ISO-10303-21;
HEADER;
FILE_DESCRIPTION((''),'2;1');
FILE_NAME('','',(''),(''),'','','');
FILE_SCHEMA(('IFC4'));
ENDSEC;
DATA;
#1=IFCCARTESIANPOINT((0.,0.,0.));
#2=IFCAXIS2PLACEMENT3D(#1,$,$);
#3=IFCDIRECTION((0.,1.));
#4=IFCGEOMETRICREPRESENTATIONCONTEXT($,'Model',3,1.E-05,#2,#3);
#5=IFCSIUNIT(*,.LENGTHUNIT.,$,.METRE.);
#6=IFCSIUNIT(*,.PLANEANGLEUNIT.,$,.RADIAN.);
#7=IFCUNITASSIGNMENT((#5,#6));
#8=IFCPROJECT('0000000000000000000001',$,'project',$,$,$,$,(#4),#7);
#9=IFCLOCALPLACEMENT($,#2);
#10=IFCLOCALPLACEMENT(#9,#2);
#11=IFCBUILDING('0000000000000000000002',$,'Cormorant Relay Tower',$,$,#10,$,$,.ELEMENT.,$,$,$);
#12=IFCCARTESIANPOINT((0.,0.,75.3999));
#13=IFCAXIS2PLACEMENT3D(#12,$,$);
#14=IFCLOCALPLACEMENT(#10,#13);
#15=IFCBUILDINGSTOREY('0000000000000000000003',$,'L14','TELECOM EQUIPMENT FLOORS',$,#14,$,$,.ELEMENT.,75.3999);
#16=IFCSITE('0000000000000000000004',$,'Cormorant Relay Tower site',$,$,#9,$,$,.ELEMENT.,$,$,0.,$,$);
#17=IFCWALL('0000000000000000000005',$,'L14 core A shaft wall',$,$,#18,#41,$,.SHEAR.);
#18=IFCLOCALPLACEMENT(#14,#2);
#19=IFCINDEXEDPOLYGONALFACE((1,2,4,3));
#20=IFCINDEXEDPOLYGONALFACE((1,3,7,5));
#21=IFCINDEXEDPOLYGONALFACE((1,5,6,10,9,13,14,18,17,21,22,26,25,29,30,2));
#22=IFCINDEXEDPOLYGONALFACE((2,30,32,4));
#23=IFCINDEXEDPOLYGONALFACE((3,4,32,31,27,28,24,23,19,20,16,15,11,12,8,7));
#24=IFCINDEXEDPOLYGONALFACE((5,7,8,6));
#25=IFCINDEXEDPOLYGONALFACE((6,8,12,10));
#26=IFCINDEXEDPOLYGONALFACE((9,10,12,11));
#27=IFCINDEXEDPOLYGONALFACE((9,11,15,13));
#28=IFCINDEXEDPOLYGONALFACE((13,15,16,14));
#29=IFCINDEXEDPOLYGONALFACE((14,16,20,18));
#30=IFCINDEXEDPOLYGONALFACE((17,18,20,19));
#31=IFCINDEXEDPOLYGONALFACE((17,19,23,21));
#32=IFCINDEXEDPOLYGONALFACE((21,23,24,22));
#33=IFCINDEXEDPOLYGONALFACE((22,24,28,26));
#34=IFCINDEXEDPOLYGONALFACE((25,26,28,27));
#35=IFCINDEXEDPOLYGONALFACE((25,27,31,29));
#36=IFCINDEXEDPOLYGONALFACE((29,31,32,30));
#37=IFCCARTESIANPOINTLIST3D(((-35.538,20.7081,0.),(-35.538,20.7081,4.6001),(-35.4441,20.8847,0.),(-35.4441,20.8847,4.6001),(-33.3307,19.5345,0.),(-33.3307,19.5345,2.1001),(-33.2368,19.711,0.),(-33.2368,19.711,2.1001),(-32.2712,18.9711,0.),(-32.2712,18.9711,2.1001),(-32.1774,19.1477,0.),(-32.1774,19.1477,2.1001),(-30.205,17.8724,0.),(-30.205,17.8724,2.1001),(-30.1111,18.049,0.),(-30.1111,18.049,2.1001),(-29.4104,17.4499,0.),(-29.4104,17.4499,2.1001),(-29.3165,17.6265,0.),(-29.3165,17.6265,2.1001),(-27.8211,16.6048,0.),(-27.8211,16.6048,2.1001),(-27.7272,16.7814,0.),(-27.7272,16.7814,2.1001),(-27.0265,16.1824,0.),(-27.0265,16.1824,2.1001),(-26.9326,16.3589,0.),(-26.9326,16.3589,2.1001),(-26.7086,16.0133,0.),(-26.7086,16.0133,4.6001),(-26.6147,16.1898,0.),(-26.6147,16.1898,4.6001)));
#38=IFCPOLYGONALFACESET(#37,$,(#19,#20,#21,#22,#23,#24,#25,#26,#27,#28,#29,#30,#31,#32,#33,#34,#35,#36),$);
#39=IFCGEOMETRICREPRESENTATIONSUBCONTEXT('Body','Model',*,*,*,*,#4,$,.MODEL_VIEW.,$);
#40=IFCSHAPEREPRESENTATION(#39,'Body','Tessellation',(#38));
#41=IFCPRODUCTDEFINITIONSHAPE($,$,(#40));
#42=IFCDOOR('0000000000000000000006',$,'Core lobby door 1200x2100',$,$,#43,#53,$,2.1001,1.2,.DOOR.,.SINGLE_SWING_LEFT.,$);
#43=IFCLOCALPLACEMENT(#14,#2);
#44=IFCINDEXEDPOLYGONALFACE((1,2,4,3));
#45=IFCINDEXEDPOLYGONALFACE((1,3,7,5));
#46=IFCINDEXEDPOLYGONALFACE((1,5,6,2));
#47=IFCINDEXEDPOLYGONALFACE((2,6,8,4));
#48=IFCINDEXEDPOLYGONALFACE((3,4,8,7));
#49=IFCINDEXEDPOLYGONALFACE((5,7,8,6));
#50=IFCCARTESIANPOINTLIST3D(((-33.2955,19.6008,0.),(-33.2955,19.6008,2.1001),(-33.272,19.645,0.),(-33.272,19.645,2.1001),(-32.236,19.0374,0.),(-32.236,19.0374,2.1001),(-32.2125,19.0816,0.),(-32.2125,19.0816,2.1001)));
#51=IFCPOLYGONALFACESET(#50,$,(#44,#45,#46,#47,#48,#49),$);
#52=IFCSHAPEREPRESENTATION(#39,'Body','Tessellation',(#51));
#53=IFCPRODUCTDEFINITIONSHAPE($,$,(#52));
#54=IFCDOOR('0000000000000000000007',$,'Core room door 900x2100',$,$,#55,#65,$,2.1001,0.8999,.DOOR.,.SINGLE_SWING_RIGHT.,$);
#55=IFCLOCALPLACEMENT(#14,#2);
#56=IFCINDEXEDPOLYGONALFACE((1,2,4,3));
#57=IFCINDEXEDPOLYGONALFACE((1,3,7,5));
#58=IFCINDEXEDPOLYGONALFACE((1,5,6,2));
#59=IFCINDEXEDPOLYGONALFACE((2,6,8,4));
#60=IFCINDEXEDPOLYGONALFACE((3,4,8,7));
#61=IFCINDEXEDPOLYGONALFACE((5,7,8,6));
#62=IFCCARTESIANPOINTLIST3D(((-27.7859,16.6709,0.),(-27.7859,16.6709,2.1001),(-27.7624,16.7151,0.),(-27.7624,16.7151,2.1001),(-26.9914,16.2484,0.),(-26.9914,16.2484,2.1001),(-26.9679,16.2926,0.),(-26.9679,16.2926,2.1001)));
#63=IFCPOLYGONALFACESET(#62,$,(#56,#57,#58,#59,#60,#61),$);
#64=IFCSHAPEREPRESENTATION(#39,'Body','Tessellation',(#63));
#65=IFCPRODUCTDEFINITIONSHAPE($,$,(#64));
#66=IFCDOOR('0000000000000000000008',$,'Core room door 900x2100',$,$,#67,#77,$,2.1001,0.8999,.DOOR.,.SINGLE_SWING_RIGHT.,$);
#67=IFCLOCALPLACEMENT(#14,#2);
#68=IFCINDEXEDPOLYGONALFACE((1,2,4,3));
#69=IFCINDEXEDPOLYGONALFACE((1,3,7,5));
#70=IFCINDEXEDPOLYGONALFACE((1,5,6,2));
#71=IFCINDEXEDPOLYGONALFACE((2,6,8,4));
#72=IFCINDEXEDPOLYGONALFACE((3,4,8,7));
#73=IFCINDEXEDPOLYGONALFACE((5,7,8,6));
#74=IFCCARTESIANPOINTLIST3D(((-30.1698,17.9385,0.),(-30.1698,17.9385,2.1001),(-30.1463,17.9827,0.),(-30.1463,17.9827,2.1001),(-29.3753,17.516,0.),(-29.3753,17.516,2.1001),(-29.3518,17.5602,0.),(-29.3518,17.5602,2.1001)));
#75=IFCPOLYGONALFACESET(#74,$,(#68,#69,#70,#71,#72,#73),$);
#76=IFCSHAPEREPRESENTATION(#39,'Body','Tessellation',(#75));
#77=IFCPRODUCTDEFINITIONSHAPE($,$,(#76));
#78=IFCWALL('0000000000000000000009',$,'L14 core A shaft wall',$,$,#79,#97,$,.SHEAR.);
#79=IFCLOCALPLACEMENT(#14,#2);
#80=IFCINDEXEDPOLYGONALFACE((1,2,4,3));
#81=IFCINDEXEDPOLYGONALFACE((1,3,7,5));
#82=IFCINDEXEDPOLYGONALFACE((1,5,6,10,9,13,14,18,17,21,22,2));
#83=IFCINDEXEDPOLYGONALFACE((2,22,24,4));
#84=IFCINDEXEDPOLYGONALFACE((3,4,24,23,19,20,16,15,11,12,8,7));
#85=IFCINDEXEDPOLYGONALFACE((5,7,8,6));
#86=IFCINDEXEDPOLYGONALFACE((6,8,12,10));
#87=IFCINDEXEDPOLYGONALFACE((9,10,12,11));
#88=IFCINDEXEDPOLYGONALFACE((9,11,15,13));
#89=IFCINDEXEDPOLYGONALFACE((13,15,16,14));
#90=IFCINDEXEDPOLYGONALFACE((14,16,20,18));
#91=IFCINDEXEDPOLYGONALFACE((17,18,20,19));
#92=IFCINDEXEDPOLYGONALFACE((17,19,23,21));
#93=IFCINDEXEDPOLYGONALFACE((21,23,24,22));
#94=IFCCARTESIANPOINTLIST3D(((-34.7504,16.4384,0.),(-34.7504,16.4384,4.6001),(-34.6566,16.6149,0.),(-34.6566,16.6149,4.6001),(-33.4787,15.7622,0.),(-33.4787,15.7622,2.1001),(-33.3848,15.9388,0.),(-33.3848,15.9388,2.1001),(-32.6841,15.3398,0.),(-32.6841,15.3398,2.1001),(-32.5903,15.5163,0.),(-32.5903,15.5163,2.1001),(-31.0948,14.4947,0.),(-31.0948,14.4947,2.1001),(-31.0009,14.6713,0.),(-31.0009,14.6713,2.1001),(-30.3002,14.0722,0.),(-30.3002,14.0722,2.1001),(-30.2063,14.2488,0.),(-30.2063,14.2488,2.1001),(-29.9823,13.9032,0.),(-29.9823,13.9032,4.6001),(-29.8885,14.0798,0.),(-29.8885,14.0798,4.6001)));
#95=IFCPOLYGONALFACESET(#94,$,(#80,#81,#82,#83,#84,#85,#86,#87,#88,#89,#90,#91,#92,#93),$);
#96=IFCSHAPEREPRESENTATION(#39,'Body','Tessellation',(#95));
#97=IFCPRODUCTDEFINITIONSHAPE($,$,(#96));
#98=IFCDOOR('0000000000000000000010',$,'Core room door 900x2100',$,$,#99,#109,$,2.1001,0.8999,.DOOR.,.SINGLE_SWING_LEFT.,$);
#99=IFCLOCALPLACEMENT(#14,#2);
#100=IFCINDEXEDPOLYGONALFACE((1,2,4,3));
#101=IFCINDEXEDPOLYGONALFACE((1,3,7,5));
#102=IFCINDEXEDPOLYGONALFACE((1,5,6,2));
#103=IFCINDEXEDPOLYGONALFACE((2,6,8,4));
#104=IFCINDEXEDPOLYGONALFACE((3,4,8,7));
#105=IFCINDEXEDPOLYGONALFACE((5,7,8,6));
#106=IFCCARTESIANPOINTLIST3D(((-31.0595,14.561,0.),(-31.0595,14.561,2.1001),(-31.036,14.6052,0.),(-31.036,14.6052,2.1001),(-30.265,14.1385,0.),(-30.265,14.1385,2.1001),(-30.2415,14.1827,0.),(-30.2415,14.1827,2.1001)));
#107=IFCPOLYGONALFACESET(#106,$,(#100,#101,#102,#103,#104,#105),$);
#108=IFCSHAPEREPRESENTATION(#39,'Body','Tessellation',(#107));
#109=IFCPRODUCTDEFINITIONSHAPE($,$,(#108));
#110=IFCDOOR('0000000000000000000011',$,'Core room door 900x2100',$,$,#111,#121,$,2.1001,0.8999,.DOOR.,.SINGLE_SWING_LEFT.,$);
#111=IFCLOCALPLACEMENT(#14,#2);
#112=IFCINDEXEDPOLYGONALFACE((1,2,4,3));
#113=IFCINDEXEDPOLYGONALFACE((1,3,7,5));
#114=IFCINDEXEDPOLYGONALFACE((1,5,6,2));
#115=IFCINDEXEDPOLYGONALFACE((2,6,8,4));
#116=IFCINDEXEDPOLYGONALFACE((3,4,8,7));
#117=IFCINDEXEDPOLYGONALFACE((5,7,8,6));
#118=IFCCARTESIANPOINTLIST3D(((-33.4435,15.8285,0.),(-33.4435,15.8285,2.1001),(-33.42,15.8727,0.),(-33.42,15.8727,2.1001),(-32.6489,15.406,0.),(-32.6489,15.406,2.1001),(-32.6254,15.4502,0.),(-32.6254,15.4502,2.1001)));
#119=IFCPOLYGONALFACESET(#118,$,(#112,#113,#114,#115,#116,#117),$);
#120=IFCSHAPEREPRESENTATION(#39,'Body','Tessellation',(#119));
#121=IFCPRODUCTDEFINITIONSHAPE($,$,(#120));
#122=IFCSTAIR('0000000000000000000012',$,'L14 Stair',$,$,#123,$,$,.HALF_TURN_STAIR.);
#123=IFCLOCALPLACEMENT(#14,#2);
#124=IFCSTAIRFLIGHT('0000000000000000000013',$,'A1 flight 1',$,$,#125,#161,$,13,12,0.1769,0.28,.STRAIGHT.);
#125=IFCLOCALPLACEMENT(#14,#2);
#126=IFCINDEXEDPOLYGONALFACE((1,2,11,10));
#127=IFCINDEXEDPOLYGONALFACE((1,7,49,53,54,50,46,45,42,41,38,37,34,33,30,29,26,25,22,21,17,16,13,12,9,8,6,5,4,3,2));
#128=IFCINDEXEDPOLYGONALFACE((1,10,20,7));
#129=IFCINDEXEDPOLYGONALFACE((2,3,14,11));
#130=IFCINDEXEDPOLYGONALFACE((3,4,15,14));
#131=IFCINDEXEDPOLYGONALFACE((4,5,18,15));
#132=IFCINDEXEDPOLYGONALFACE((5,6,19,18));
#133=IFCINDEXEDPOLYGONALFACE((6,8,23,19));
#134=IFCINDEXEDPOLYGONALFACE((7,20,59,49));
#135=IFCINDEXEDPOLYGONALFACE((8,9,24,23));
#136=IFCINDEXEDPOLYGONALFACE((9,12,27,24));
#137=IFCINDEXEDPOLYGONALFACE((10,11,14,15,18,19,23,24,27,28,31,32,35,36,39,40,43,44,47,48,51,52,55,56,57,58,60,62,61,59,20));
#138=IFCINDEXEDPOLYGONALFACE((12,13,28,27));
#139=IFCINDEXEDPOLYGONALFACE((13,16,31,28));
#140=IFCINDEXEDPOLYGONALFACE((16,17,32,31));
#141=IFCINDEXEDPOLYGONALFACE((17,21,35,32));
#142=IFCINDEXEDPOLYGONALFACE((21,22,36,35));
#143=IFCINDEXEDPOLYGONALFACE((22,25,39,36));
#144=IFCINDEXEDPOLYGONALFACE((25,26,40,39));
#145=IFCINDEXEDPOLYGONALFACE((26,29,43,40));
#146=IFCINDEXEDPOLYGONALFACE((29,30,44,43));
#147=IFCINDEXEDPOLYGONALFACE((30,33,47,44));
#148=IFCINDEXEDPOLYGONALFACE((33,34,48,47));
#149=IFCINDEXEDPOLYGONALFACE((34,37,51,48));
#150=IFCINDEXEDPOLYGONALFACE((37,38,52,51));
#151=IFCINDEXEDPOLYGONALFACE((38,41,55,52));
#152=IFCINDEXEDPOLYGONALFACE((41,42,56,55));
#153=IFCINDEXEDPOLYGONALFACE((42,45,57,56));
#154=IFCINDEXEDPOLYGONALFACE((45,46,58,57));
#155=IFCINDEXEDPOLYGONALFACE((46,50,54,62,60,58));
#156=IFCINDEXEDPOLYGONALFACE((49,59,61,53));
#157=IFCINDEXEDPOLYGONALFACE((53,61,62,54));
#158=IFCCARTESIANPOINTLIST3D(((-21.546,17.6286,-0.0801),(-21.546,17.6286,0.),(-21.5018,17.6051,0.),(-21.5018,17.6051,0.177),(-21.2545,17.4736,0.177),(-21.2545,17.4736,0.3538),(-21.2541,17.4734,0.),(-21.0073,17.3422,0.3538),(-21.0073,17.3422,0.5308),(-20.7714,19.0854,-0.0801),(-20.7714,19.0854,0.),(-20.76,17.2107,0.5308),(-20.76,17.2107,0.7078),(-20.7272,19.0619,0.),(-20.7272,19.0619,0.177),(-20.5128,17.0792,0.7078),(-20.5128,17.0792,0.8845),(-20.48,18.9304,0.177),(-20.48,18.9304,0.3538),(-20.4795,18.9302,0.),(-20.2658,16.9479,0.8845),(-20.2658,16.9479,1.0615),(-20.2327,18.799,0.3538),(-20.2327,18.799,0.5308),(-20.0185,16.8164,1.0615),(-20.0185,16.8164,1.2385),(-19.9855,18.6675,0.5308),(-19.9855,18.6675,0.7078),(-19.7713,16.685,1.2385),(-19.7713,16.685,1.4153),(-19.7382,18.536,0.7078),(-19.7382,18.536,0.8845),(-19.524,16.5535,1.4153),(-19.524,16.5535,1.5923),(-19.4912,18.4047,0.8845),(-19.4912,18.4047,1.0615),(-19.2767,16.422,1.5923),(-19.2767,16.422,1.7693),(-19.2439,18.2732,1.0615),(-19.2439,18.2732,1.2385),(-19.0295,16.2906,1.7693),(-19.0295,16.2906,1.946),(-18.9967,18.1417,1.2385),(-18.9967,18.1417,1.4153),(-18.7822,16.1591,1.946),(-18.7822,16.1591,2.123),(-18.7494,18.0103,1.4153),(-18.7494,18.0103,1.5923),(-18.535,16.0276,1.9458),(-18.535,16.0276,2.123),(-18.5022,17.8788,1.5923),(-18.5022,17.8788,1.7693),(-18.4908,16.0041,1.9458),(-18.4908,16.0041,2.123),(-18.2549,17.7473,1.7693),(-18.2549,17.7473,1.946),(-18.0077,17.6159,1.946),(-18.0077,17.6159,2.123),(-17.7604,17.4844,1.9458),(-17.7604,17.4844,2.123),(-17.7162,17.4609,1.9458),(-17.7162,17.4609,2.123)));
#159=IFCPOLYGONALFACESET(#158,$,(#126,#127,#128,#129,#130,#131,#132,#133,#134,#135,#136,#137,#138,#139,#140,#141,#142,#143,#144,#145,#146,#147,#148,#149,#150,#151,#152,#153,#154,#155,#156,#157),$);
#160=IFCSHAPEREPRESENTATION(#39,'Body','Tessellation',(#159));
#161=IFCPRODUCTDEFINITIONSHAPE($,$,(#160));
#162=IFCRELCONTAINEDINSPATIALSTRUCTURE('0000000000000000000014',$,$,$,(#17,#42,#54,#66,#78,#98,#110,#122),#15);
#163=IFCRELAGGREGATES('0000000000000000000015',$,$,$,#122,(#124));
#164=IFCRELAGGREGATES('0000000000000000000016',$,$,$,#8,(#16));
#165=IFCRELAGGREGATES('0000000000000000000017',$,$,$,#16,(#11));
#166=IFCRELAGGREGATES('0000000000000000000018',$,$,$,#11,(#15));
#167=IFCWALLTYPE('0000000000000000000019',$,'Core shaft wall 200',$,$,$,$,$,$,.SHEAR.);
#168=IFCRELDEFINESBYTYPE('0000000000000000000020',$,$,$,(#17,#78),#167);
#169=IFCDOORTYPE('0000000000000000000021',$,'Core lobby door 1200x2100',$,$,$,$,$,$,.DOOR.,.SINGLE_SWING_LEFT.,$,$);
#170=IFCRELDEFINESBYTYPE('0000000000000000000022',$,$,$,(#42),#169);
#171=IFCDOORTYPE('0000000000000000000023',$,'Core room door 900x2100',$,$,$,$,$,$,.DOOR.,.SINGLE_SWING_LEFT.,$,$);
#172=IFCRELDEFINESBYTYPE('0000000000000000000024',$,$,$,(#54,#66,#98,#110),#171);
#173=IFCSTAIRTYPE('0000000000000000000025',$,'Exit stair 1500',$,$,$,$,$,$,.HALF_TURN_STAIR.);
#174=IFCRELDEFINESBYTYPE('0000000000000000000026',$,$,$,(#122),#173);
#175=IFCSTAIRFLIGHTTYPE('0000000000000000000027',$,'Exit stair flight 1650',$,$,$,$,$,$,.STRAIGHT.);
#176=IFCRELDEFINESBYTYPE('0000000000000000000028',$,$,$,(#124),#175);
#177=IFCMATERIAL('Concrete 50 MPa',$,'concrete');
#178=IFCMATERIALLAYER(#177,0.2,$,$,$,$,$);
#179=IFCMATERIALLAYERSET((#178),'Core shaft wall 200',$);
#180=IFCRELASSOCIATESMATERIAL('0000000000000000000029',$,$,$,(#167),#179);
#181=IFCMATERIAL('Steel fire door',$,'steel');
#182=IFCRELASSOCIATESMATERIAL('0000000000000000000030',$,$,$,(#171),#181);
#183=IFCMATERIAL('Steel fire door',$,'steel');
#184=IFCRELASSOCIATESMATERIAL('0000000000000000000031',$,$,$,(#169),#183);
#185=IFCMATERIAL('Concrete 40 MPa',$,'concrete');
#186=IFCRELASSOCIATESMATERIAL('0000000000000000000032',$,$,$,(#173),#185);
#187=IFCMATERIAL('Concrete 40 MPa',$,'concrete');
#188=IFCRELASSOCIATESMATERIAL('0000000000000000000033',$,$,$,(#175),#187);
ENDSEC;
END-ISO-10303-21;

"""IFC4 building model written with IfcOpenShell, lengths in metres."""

from ifc_helpers import new_model, si_unit, direction, frame, frame_2d, origin, place, context, subcontext, project, spatial, polyline, rectangle, outline, extrude, material, layer, layer_set, type_object, element, fill, aggregate, save


model = new_model("IFC4")

# Units and contexts
model_context = context("Model", 3, precision=1e-05, world=origin(), true_north=direction((0.0, 1.0)))
body_context = subcontext(model_context, "Body", "Model", "MODEL_VIEW")
ifc_project = project(units=[si_unit("LENGTHUNIT", "METRE"), si_unit("PLANEANGLEUNIT", "RADIAN")], contexts=[model_context])

# Site, building, storey
site_placement = place(None, origin())
site = spatial("IfcSite", under=ifc_project, at=site_placement, Name="Cormorant Relay Tower site", CompositionType="ELEMENT", RefElevation=0.0)
building_placement = place(site_placement, origin())
building = spatial("IfcBuilding", under=site, at=building_placement, Name="Cormorant Relay Tower", CompositionType="ELEMENT")
storey_placement = place(building_placement, frame((0.0, 0.0, 75.3999)))
storey = spatial("IfcBuildingStorey", under=building, at=storey_placement, Name="L14", Description="TELECOM EQUIPMENT FLOORS", CompositionType="ELEMENT", Elevation=75.3999)

# Shared definitions
ifc_material_1 = material(Name="Concrete 50 MPa", Category="concrete")
ifc_layer_1 = layer(ifc_material_1, 0.2)
ifc_layer_set_1 = layer_set([ifc_layer_1], Name="Core shaft wall 200")
wall_type_1 = type_object("IfcWallType", Name="Core shaft wall 200", PredefinedType="SHEAR", material=ifc_layer_set_1)

# Shared definitions
ifc_material_2 = material(Name="Steel fire door", Category="steel")
door_type_1 = type_object("IfcDoorType", Name="Core room door 900x2100", OperationType="SINGLE_SWING_LEFT", PredefinedType="DOOR", material=ifc_material_2)

# Walls, openings, doors
wall_1_placement = place(storey_placement, frame((-26.6616, 16.1016, 0.0), z_axis=(0.0, 0.0, 1.0), x_axis=(-0.88294, 0.469485, 0.0)))
wall_1 = element("IfcWall", 1, at=wall_1_placement, inside=storey, type_object=wall_type_1, Name="L14 core A shaft wall", PredefinedType="SHEAR", context=body_context, shape_type="SweptSolid", body=[
    extrude(rectangle(XDim=10.0, YDim=0.2, at=frame_2d((5.0, 0.0))), origin(), (0.0, 0.0, 1.0), 4.6001),
])
opening_1_placement = place(wall_1_placement, frame((6.3, 0.0, 0.0)))
opening_1 = element("IfcOpeningElement", 2, at=opening_1_placement, cuts=wall_1, PredefinedType="OPENING", context=body_context, shape_type="SweptSolid", body=[
    extrude(rectangle(XDim=1.2, YDim=2.1001, at=frame_2d((0.6001, 1.05))), frame((0.0, 0.1099, 0.0), z_axis=(0.0, -1.0, 0.0), x_axis=(1.0, 0.0, 0.0)), (0.0, 0.0, 1.0), 0.22),
])
opening_2_placement = place(wall_1_placement, frame((0.3601, 0.0, 0.0)))
opening_2 = element("IfcOpeningElement", 3, at=opening_2_placement, cuts=wall_1, PredefinedType="OPENING", context=body_context, shape_type="SweptSolid", body=[
    extrude(rectangle(XDim=0.8999, YDim=2.1001, at=frame_2d((0.45, 1.05))), frame((0.0, 0.1099, 0.0), z_axis=(0.0, -1.0, 0.0), x_axis=(1.0, 0.0, 0.0)), (0.0, 0.0, 1.0), 0.22),
])
opening_3_placement = place(wall_1_placement, frame((3.0601, 0.0, 0.0)))
opening_3 = element("IfcOpeningElement", 4, at=opening_3_placement, cuts=wall_1, PredefinedType="OPENING", context=body_context, shape_type="SweptSolid", body=[
    extrude(rectangle(XDim=0.8999, YDim=2.1001, at=frame_2d((0.45, 1.05))), frame((0.0, 0.1099, 0.0), z_axis=(0.0, -1.0, 0.0), x_axis=(1.0, 0.0, 0.0)), (0.0, 0.0, 1.0), 0.22),
])
ifc_material_3 = material(Name="Steel fire door", Category="steel")
door_type_2 = type_object("IfcDoorType", Name="Core lobby door 1200x2100", OperationType="SINGLE_SWING_LEFT", PredefinedType="DOOR", material=ifc_material_3)
door_1_placement = place(opening_1_placement, origin())
door_1 = element("IfcDoor", 5, at=door_1_placement, inside=storey, type_object=door_type_2, Name="Core lobby door 1200x2100", OperationType="SINGLE_SWING_LEFT", OverallHeight=2.1001, OverallWidth=1.2, PredefinedType="DOOR", context=body_context, shape_type="SweptSolid", body=[
    extrude(rectangle(XDim=1.2, YDim=2.1001, at=frame_2d((0.6001, 1.05))), frame((0.0, 0.0249, 0.0), z_axis=(0.0, -1.0, 0.0), x_axis=(1.0, 0.0, 0.0)), (0.0, 0.0, 1.0), 0.05),
])
fill(opening_1, door_1)
door_2_placement = place(opening_2_placement, frame((0.8999, 0.0, 0.0), z_axis=(0.0, 0.0, 1.0), x_axis=(-1.0, 0.0, 0.0)))
door_2 = element("IfcDoor", 6, at=door_2_placement, inside=storey, type_object=door_type_1, Name="Core room door 900x2100", OperationType="SINGLE_SWING_RIGHT", OverallHeight=2.1001, OverallWidth=0.8999, PredefinedType="DOOR", context=body_context, shape_type="SweptSolid", body=[
    extrude(rectangle(XDim=0.8999, YDim=2.1001, at=frame_2d((0.45, 1.05))), frame((0.0, 0.0249, 0.0), z_axis=(0.0, -1.0, 0.0), x_axis=(1.0, 0.0, 0.0)), (0.0, 0.0, 1.0), 0.05),
])
fill(opening_2, door_2)
door_3_placement = place(opening_3_placement, frame((0.8999, 0.0, 0.0), z_axis=(0.0, 0.0, 1.0), x_axis=(-1.0, 0.0, 0.0)))
door_3 = element("IfcDoor", 7, at=door_3_placement, inside=storey, type_object=door_type_1, Name="Core room door 900x2100", OperationType="SINGLE_SWING_RIGHT", OverallHeight=2.1001, OverallWidth=0.8999, PredefinedType="DOOR", context=body_context, shape_type="SweptSolid", body=[
    extrude(rectangle(XDim=0.8999, YDim=2.1001, at=frame_2d((0.45, 1.05))), frame((0.0, 0.0249, 0.0), z_axis=(0.0, -1.0, 0.0), x_axis=(1.0, 0.0, 0.0)), (0.0, 0.0, 1.0), 0.05),
])
fill(opening_3, door_3)
wall_2_placement = place(storey_placement, frame((-29.9353, 13.9915, 0.0), z_axis=(0.0, 0.0, 1.0), x_axis=(-0.882953, 0.469462, 0.0)))
wall_2 = element("IfcWall", 8, at=wall_2_placement, inside=storey, type_object=wall_type_1, Name="L14 core A shaft wall", PredefinedType="SHEAR", context=body_context, shape_type="SweptSolid", body=[
    extrude(rectangle(XDim=5.4001, YDim=0.2, at=frame_2d((2.7002, 0.0))), origin(), (0.0, 0.0, 1.0), 4.6001),
])
opening_4_placement = place(wall_2_placement, frame((0.3601, 0.0, 0.0)))
opening_4 = element("IfcOpeningElement", 9, at=opening_4_placement, cuts=wall_2, PredefinedType="OPENING", context=body_context, shape_type="SweptSolid", body=[
    extrude(rectangle(XDim=0.8999, YDim=2.1001, at=frame_2d((0.45, 1.05))), frame((0.0, 0.1099, 0.0), z_axis=(0.0, -1.0, 0.0), x_axis=(1.0, 0.0, 0.0)), (0.0, 0.0, 1.0), 0.22),
])
opening_5_placement = place(wall_2_placement, frame((3.0601, 0.0, 0.0)))
opening_5 = element("IfcOpeningElement", 10, at=opening_5_placement, cuts=wall_2, PredefinedType="OPENING", context=body_context, shape_type="SweptSolid", body=[
    extrude(rectangle(XDim=0.8999, YDim=2.1001, at=frame_2d((0.45, 1.05))), frame((0.0, 0.1099, 0.0), z_axis=(0.0, -1.0, 0.0), x_axis=(1.0, 0.0, 0.0)), (0.0, 0.0, 1.0), 0.22),
])
door_4_placement = place(opening_4_placement, origin())
door_4 = element("IfcDoor", 11, at=door_4_placement, inside=storey, type_object=door_type_1, Name="Core room door 900x2100", OperationType="SINGLE_SWING_LEFT", OverallHeight=2.1001, OverallWidth=0.8999, PredefinedType="DOOR", context=body_context, shape_type="SweptSolid", body=[
    extrude(rectangle(XDim=0.8999, YDim=2.1001, at=frame_2d((0.45, 1.05))), frame((0.0, 0.0249, 0.0), z_axis=(0.0, -1.0, 0.0), x_axis=(1.0, 0.0, 0.0)), (0.0, 0.0, 1.0), 0.05),
])
fill(opening_4, door_4)
door_5_placement = place(opening_5_placement, origin())
door_5 = element("IfcDoor", 12, at=door_5_placement, inside=storey, type_object=door_type_1, Name="Core room door 900x2100", OperationType="SINGLE_SWING_LEFT", OverallHeight=2.1001, OverallWidth=0.8999, PredefinedType="DOOR", context=body_context, shape_type="SweptSolid", body=[
    extrude(rectangle(XDim=0.8999, YDim=2.1001, at=frame_2d((0.45, 1.05))), frame((0.0, 0.0249, 0.0), z_axis=(0.0, -1.0, 0.0), x_axis=(1.0, 0.0, 0.0)), (0.0, 0.0, 1.0), 0.05),
])
fill(opening_5, door_5)

# Stair, stair flight
ifc_material_4 = material(Name="Concrete 40 MPa", Category="concrete")
stair_type = type_object("IfcStairType", Name="Exit stair 1500", PredefinedType="HALF_TURN_STAIR", material=ifc_material_4)
stair_placement = place(storey_placement, origin())
stair = element("IfcStair", 13, at=stair_placement, inside=storey, type_object=stair_type, Name="L14 Stair", PredefinedType="HALF_TURN_STAIR")
ifc_material_5 = material(Name="Concrete 40 MPa", Category="concrete")
stair_flight_type = type_object("IfcStairFlightType", Name="Exit stair flight 1650", PredefinedType="STRAIGHT", material=ifc_material_5)
stair_flight_placement = place(storey_placement, frame((-21.1145, 18.3335, 0.0), z_axis=(0.0, 0.0, 1.0), x_axis=(0.882948, -0.469472, 0.0)))
stair_flight = element("IfcStairFlight", 14, at=stair_flight_placement, type_object=stair_flight_type, Name="A1 flight 1", NumberOfRisers=13, NumberOfTreads=12, PredefinedType="STRAIGHT", RiserHeight=0.1769, TreadLength=0.28, context=body_context, shape_type="SweptSolid", body=[
    extrude(outline(polyline([(-0.05, -0.0801), (-0.05, 0.0), (0.0, 0.0), (0.0, 0.177), (0.28, 0.177), (0.28, 0.3538), (0.5601, 0.3538), (0.5601, 0.5308), (0.8401, 0.5308), (0.8401, 0.7078), (1.1201, 0.7078), (1.1201, 0.8845), (1.3999, 0.8845), (1.3999, 1.0615), (1.6799, 1.0615), (1.6799, 1.2385), (1.96, 1.2385), (1.96, 1.4153), (2.24, 1.4153), (2.24, 1.5923), (2.52, 1.5923), (2.52, 1.7693), (2.8, 1.7693), (2.8, 1.946), (3.0801, 1.946), (3.0801, 2.123), (3.3601, 2.123), (3.4102, 2.123), (3.4102, 1.9458), (3.3601, 1.9458), (0.2805, 0.0), (-0.05, -0.0801)])), frame((0.0, 0.825, 0.0), z_axis=(0.0, -1.0, 0.0), x_axis=(1.0, 0.0, 0.0)), (0.0, 0.0, 1.0), 1.6499),
])
aggregate(stair, [stair_flight])

save(model, "model.ifc")
